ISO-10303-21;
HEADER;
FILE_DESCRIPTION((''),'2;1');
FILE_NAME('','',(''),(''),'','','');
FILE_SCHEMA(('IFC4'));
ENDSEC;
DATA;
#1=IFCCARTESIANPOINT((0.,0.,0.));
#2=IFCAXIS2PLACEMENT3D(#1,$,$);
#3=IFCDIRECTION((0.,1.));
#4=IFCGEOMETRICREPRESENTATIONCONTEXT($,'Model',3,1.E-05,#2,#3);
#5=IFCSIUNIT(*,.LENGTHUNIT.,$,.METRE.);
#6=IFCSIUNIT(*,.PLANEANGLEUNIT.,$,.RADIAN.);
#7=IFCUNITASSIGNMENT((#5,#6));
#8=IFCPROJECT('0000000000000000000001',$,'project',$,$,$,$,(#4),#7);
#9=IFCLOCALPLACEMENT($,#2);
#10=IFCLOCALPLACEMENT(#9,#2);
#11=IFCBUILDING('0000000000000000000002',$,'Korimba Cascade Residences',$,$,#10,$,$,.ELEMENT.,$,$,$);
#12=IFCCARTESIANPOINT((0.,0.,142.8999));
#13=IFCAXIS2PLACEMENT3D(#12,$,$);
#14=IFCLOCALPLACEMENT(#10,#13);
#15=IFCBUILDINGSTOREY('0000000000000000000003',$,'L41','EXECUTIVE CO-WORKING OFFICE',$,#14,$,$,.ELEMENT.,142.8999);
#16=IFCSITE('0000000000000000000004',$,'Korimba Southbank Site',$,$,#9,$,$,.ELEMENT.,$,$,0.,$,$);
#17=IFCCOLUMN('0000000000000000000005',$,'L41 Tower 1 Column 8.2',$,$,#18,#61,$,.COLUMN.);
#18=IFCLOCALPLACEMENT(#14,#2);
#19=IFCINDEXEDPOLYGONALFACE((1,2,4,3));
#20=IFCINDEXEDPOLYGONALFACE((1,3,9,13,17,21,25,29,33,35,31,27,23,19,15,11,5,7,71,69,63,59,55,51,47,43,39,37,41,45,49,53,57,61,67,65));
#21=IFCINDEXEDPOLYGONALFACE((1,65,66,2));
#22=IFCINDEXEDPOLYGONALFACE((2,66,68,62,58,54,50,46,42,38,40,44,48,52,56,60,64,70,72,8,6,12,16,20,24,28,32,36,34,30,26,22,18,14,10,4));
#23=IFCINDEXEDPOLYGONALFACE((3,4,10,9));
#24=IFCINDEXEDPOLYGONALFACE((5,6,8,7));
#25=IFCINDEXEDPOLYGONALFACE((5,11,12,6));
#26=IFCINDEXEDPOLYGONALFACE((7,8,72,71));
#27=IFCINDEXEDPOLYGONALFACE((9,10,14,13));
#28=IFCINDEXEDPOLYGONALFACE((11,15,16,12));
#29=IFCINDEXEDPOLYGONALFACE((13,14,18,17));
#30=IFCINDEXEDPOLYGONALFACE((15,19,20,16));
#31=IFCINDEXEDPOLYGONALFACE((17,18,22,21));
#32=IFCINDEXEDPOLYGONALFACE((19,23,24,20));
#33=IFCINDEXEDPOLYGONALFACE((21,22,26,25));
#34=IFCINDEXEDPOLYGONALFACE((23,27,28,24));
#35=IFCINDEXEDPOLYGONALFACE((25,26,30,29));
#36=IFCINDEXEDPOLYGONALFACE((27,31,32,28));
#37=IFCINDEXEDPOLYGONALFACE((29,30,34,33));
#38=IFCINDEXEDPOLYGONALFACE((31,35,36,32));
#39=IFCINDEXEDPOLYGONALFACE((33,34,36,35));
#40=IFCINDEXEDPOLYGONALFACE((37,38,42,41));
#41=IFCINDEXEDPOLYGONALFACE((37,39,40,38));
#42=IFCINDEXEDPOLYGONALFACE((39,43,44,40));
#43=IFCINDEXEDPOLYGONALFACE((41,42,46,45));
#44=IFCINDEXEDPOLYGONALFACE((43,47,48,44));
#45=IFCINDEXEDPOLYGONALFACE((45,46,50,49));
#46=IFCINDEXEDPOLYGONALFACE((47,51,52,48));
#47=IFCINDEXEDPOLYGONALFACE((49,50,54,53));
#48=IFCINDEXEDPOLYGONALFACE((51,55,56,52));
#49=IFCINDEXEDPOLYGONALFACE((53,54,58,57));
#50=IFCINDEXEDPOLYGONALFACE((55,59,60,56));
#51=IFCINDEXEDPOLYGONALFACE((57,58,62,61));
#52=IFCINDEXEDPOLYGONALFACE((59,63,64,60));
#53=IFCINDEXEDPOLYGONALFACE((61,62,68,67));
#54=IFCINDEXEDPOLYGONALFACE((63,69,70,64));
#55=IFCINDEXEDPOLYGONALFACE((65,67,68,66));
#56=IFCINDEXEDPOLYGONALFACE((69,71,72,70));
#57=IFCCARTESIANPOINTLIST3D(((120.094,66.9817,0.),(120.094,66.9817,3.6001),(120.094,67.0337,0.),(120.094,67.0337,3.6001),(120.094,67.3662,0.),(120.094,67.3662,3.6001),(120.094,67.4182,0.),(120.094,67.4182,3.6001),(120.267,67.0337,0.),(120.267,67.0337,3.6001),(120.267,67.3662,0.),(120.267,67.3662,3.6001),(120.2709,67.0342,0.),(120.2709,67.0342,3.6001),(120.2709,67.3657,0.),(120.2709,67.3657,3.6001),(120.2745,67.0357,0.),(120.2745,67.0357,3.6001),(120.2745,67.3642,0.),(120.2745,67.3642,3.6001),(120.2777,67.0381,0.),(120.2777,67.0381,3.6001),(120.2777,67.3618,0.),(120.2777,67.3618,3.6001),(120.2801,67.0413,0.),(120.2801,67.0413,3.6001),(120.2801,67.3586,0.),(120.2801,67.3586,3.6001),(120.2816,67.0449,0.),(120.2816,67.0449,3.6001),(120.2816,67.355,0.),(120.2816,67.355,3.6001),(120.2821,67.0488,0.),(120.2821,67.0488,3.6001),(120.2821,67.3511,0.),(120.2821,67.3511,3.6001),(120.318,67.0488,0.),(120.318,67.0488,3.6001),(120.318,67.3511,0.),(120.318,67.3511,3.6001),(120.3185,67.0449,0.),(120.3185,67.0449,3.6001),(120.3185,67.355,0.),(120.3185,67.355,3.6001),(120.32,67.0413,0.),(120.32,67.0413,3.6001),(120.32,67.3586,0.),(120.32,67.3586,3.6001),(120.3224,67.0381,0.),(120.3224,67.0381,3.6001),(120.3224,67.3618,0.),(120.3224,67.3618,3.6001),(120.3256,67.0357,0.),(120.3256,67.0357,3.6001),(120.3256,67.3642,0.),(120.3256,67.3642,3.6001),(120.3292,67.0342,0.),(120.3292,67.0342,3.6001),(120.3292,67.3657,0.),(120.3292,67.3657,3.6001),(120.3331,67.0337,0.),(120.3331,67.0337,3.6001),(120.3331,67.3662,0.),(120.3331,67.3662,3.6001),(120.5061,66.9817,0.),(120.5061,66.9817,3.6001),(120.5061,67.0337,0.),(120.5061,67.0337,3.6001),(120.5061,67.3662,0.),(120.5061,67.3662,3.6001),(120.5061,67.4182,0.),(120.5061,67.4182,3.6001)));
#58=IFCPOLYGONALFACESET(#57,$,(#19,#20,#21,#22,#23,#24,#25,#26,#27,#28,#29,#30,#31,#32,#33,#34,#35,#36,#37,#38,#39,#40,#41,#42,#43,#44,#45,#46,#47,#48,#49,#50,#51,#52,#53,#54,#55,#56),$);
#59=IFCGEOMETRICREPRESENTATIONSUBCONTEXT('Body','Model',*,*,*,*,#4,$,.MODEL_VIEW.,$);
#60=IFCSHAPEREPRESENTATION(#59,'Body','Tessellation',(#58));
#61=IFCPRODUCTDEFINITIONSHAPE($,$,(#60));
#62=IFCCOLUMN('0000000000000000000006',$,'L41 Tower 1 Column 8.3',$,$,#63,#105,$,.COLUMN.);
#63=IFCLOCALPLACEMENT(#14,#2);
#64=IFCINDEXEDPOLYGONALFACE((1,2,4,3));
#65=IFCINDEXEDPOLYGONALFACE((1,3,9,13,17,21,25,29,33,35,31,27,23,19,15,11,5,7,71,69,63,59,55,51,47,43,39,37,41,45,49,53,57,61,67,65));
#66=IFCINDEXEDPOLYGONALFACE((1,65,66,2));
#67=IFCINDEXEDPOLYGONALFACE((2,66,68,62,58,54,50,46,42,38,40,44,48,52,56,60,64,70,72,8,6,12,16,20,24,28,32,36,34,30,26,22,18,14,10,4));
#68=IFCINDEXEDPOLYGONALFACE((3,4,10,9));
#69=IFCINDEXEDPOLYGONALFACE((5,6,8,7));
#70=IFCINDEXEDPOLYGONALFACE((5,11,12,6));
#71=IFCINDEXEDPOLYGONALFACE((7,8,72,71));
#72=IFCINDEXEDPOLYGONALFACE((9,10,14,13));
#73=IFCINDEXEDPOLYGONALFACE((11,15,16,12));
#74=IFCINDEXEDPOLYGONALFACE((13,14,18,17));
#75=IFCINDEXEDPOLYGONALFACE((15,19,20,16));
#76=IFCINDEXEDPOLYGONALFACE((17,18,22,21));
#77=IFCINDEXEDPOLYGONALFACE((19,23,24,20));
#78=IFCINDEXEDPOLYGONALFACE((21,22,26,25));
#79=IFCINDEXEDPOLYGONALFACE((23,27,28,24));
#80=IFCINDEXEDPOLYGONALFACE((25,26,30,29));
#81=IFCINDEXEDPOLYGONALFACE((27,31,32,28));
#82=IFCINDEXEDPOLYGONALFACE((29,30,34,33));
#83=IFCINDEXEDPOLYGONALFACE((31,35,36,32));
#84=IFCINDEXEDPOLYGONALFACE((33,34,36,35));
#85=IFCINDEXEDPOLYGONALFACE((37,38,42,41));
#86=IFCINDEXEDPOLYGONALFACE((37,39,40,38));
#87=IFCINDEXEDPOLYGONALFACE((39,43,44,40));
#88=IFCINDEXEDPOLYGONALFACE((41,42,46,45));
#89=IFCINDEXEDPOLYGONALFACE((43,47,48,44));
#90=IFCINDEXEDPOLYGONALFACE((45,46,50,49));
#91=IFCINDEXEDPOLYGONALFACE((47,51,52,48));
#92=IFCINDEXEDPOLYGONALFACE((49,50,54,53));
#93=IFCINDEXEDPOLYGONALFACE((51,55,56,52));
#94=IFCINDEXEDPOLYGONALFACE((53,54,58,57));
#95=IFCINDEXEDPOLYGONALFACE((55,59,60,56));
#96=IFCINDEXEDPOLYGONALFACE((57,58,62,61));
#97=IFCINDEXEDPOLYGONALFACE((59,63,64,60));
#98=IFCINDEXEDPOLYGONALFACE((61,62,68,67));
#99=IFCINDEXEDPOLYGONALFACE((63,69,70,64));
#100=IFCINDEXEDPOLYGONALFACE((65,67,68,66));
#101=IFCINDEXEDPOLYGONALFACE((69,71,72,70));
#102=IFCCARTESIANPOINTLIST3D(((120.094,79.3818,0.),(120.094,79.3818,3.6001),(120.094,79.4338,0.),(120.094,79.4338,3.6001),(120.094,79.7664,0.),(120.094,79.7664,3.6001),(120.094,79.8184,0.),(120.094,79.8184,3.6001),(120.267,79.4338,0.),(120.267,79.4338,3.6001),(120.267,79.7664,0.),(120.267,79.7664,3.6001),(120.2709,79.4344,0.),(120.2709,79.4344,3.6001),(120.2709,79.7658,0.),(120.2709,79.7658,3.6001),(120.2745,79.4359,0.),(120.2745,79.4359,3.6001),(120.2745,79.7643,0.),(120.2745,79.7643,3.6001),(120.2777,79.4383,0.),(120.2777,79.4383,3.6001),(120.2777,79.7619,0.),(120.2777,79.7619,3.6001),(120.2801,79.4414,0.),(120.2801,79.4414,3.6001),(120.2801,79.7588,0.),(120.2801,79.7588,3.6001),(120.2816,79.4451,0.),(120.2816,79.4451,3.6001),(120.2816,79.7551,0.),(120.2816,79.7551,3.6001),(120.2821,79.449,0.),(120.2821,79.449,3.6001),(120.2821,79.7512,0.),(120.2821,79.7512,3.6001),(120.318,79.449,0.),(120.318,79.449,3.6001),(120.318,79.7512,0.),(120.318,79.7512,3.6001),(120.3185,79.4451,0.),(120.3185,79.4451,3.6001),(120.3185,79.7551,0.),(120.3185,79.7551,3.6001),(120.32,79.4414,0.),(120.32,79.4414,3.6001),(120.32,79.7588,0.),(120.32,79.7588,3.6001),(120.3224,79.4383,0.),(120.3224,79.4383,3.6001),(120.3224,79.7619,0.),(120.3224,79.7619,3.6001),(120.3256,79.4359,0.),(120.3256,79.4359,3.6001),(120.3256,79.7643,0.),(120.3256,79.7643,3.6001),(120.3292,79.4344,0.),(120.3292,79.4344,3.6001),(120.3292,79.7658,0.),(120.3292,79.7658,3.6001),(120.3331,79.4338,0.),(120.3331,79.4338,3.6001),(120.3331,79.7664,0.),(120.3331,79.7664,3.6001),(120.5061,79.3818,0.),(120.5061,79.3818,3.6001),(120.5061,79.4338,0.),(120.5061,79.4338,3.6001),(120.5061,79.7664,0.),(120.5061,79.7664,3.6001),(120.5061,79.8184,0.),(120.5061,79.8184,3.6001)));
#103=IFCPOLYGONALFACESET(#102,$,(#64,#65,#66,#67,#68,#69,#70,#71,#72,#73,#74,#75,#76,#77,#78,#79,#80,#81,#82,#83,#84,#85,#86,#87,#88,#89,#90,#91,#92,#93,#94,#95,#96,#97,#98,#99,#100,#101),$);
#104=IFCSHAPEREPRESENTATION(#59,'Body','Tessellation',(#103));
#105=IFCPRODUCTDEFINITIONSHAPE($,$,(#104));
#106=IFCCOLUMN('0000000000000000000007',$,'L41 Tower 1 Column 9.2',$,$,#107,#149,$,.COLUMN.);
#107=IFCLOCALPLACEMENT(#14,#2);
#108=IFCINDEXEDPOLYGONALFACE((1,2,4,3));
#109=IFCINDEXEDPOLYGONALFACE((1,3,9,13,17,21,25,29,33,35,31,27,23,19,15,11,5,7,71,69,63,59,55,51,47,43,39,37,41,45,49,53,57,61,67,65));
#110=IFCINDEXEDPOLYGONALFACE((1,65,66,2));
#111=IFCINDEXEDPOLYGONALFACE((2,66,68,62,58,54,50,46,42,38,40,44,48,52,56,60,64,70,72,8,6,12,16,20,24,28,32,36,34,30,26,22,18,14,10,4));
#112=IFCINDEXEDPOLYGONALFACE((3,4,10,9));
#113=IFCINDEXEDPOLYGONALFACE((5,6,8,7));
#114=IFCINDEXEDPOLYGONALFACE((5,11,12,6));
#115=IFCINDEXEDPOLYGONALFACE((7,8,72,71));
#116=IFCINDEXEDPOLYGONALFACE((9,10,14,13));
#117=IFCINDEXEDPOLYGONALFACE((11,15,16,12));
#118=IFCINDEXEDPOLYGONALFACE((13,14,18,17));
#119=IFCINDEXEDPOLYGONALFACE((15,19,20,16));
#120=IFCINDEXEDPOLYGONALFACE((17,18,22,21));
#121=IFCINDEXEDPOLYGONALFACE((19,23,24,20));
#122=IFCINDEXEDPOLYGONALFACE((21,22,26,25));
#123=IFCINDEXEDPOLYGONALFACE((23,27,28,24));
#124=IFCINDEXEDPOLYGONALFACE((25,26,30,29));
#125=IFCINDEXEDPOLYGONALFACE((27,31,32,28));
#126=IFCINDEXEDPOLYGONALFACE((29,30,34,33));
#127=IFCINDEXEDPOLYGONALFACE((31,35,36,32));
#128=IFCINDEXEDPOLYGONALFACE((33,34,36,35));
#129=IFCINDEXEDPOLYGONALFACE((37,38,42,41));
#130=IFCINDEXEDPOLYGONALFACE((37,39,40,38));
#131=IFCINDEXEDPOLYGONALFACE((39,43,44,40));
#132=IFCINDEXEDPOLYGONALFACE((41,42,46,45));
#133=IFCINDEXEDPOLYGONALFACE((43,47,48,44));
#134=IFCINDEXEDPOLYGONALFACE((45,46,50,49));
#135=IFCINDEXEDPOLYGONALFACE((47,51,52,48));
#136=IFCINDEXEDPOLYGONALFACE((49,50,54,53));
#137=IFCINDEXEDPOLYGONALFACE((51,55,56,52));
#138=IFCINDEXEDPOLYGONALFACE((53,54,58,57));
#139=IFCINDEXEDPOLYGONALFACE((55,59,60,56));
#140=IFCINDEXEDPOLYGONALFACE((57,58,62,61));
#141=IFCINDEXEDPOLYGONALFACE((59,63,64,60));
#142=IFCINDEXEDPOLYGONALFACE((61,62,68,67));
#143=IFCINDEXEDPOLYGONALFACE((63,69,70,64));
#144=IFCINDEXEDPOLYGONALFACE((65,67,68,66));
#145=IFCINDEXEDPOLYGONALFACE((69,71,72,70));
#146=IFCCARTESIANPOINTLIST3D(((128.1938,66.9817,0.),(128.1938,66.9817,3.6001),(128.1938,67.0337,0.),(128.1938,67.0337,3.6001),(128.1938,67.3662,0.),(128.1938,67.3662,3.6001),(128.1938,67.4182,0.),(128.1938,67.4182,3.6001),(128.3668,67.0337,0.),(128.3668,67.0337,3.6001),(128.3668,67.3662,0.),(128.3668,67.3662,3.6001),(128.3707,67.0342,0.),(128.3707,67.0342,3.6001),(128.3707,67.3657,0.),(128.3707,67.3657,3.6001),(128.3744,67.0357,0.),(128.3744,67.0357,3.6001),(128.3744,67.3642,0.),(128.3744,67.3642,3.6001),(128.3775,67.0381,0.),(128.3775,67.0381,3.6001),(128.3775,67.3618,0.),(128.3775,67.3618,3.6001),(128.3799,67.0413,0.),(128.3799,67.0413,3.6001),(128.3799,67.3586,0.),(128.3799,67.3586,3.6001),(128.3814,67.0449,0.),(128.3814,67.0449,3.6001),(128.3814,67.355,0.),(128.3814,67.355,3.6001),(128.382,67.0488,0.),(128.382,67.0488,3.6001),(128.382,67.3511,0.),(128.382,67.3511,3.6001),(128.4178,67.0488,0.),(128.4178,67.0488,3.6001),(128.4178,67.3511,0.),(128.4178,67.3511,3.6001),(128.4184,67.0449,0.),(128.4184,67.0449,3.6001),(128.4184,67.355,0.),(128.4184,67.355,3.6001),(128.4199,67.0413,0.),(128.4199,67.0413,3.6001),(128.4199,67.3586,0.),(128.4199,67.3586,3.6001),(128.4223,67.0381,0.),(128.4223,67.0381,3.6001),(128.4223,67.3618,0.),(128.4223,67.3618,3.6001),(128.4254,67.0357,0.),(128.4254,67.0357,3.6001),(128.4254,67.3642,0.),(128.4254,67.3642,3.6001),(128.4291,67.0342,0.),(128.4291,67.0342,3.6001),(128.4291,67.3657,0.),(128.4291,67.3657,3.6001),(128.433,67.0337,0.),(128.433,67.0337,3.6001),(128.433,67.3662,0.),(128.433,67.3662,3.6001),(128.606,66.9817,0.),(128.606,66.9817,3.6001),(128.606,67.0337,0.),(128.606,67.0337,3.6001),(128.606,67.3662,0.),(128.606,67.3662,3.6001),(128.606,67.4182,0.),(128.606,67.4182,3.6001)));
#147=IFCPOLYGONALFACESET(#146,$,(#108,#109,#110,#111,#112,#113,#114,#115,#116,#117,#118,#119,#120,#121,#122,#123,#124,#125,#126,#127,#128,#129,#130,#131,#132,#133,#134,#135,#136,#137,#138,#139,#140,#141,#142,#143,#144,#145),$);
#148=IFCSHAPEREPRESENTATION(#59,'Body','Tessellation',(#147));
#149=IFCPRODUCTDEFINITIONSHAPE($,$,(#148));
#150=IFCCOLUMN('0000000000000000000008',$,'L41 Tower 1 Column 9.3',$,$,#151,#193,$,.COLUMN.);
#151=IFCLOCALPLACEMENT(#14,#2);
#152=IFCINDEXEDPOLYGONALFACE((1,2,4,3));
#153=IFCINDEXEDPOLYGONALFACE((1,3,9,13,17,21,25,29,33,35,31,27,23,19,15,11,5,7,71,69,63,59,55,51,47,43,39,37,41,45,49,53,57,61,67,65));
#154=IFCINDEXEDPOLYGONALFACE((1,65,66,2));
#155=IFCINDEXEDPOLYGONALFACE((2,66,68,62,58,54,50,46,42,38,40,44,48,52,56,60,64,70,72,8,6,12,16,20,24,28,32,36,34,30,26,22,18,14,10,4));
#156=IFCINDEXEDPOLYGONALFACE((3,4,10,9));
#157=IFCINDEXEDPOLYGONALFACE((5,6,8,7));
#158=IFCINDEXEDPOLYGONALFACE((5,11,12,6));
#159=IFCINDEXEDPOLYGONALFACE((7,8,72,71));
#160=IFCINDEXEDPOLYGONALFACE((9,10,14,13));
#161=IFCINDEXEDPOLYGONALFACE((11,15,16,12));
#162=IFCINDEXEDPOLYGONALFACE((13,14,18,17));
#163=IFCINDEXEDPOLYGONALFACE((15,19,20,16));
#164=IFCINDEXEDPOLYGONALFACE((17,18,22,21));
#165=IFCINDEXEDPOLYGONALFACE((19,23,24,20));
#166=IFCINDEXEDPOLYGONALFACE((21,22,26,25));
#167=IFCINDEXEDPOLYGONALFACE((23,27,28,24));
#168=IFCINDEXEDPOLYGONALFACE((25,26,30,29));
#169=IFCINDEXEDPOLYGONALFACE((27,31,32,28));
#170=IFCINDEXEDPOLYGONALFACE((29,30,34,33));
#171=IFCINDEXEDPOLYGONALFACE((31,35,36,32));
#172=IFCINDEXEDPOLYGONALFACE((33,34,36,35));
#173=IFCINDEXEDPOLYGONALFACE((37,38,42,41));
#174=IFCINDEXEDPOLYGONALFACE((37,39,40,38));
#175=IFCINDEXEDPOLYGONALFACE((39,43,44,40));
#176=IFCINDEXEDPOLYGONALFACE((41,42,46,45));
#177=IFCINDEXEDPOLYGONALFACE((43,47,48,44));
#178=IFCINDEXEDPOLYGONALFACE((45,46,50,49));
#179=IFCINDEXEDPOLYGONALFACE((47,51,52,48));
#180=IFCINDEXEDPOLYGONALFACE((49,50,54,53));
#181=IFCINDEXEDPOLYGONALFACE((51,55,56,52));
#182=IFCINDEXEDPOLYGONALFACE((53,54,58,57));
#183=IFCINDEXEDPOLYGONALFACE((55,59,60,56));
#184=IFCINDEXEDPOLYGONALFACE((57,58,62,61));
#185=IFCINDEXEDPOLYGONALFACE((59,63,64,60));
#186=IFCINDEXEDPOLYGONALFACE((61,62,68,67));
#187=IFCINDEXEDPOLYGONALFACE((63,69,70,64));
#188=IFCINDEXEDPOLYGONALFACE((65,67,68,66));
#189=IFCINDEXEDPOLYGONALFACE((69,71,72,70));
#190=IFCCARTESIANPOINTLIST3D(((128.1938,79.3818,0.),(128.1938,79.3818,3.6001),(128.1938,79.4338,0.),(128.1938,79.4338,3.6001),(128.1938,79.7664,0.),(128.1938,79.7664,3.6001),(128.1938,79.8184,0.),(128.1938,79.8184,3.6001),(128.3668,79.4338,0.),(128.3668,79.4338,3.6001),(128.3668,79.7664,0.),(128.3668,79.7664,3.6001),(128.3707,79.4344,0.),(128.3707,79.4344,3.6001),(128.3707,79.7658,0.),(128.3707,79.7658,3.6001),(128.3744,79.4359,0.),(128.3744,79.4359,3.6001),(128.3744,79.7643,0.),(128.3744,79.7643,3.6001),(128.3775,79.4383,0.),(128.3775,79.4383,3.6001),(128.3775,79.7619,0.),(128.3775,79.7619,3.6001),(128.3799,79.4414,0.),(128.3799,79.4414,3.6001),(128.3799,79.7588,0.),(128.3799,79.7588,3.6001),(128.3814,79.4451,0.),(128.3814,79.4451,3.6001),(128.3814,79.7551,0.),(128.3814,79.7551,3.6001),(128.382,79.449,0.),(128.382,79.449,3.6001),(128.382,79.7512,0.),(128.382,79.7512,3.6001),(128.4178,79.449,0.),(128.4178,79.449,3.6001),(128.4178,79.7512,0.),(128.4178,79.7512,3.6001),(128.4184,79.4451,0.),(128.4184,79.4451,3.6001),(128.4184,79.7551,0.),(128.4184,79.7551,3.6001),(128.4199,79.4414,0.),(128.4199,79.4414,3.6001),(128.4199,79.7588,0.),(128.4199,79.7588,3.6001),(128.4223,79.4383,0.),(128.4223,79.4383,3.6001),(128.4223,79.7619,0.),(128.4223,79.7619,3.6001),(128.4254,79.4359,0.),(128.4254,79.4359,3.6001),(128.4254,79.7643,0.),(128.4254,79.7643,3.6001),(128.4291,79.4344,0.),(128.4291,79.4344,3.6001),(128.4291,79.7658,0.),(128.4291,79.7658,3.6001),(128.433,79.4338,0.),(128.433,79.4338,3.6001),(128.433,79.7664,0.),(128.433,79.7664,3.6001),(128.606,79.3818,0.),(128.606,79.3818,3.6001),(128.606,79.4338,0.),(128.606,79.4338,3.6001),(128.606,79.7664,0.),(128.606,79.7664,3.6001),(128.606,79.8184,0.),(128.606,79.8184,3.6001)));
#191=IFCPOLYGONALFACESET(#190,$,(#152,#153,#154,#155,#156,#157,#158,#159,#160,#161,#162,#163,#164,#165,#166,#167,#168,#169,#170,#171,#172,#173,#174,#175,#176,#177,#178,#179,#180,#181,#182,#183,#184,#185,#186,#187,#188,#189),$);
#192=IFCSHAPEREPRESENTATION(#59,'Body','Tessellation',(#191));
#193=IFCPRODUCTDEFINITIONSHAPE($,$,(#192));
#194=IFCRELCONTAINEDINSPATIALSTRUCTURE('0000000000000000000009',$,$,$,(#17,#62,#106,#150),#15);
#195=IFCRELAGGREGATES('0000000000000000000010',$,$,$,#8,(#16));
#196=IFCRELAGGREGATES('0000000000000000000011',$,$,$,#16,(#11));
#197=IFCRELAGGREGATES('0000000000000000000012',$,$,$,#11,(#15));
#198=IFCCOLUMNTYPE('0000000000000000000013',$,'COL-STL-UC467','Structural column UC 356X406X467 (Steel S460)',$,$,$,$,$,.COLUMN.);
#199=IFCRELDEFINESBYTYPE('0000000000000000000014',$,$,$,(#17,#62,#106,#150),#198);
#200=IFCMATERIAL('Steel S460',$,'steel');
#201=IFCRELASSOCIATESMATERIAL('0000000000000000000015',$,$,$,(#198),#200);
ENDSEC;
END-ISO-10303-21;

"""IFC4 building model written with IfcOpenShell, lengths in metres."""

from ifc_helpers import new_model, si_unit, direction, frame, origin, origin_2d, place, context, subcontext, project, spatial, i_section, extrude, material, material_profile, profile_set, type_object, element, save


model = new_model("IFC4")

# Units and contexts
model_context = context("Model", 3, precision=1e-05, world=origin(), true_north=direction((0.0, 1.0)))
body_context = subcontext(model_context, "Body", "Model", "MODEL_VIEW")
ifc_project = project(units=[si_unit("LENGTHUNIT", "METRE"), si_unit("PLANEANGLEUNIT", "RADIAN")], contexts=[model_context])

# Site, building, storey
site_placement = place(None, origin())
site = spatial("IfcSite", under=ifc_project, at=site_placement, Name="Korimba Southbank Site", CompositionType="ELEMENT", RefElevation=0.0)
building_placement = place(site_placement, origin())
building = spatial("IfcBuilding", under=site, at=building_placement, Name="Korimba Cascade Residences", CompositionType="ELEMENT")
storey_placement = place(building_placement, frame((0.0, 0.0, 142.8999)))
storey = spatial("IfcBuildingStorey", under=building, at=storey_placement, Name="L41", Description="EXECUTIVE CO-WORKING OFFICE", CompositionType="ELEMENT", Elevation=142.8999)

# Columns
ifc_material_1 = material(Name="Steel S460", Category="steel")
ifc_material_profile_1 = material_profile(ifc_material_1, i_section(OverallWidth=0.4121, OverallDepth=0.4365, WebThickness=0.0359, FlangeThickness=0.052, FilletRadius=0.0151, at=origin_2d()), Name="Steel S460")
ifc_profile_set_1 = profile_set([ifc_material_profile_1], Name="Steel S460")
column_type = type_object("IfcColumnType", Name="COL-STL-UC467", Description="Structural column UC 356X406X467 (Steel S460)", PredefinedType="COLUMN", material=ifc_profile_set_1)
for number, where, z_axis, x_axis, name in (
    (1, (120.3, 67.2, 0.0), (0.0, 0.0, 1.0), (1.0, 0.0, 0.0), "L41 Tower 1 Column 8.2"),
    (2, (120.3, 79.6001, 0.0), (0.0, 0.0, 1.0), (1.0, 0.0, 0.0), "L41 Tower 1 Column 8.3"),
    (3, (128.3999, 67.2, 0.0), (0.0, 0.0, 1.0), (1.0, 0.0, 0.0), "L41 Tower 1 Column 9.2"),
    (4, (128.3999, 79.6001, 0.0), (0.0, 0.0, 1.0), (1.0, 0.0, 0.0), "L41 Tower 1 Column 9.3"),
):
    element("IfcColumn", number, at=place(storey_placement, frame(where, z_axis=z_axis, x_axis=x_axis)), inside=storey, type_object=column_type, Name=name, PredefinedType="COLUMN", context=body_context, shape_type="SweptSolid", body=[
        extrude(i_section(OverallWidth=0.4121, OverallDepth=0.4365, WebThickness=0.0359, FlangeThickness=0.052, FilletRadius=0.0151, at=origin_2d()), origin(), (0.0, 0.0, 1.0), 3.6001),
    ])

save(model, "model.ifc")
